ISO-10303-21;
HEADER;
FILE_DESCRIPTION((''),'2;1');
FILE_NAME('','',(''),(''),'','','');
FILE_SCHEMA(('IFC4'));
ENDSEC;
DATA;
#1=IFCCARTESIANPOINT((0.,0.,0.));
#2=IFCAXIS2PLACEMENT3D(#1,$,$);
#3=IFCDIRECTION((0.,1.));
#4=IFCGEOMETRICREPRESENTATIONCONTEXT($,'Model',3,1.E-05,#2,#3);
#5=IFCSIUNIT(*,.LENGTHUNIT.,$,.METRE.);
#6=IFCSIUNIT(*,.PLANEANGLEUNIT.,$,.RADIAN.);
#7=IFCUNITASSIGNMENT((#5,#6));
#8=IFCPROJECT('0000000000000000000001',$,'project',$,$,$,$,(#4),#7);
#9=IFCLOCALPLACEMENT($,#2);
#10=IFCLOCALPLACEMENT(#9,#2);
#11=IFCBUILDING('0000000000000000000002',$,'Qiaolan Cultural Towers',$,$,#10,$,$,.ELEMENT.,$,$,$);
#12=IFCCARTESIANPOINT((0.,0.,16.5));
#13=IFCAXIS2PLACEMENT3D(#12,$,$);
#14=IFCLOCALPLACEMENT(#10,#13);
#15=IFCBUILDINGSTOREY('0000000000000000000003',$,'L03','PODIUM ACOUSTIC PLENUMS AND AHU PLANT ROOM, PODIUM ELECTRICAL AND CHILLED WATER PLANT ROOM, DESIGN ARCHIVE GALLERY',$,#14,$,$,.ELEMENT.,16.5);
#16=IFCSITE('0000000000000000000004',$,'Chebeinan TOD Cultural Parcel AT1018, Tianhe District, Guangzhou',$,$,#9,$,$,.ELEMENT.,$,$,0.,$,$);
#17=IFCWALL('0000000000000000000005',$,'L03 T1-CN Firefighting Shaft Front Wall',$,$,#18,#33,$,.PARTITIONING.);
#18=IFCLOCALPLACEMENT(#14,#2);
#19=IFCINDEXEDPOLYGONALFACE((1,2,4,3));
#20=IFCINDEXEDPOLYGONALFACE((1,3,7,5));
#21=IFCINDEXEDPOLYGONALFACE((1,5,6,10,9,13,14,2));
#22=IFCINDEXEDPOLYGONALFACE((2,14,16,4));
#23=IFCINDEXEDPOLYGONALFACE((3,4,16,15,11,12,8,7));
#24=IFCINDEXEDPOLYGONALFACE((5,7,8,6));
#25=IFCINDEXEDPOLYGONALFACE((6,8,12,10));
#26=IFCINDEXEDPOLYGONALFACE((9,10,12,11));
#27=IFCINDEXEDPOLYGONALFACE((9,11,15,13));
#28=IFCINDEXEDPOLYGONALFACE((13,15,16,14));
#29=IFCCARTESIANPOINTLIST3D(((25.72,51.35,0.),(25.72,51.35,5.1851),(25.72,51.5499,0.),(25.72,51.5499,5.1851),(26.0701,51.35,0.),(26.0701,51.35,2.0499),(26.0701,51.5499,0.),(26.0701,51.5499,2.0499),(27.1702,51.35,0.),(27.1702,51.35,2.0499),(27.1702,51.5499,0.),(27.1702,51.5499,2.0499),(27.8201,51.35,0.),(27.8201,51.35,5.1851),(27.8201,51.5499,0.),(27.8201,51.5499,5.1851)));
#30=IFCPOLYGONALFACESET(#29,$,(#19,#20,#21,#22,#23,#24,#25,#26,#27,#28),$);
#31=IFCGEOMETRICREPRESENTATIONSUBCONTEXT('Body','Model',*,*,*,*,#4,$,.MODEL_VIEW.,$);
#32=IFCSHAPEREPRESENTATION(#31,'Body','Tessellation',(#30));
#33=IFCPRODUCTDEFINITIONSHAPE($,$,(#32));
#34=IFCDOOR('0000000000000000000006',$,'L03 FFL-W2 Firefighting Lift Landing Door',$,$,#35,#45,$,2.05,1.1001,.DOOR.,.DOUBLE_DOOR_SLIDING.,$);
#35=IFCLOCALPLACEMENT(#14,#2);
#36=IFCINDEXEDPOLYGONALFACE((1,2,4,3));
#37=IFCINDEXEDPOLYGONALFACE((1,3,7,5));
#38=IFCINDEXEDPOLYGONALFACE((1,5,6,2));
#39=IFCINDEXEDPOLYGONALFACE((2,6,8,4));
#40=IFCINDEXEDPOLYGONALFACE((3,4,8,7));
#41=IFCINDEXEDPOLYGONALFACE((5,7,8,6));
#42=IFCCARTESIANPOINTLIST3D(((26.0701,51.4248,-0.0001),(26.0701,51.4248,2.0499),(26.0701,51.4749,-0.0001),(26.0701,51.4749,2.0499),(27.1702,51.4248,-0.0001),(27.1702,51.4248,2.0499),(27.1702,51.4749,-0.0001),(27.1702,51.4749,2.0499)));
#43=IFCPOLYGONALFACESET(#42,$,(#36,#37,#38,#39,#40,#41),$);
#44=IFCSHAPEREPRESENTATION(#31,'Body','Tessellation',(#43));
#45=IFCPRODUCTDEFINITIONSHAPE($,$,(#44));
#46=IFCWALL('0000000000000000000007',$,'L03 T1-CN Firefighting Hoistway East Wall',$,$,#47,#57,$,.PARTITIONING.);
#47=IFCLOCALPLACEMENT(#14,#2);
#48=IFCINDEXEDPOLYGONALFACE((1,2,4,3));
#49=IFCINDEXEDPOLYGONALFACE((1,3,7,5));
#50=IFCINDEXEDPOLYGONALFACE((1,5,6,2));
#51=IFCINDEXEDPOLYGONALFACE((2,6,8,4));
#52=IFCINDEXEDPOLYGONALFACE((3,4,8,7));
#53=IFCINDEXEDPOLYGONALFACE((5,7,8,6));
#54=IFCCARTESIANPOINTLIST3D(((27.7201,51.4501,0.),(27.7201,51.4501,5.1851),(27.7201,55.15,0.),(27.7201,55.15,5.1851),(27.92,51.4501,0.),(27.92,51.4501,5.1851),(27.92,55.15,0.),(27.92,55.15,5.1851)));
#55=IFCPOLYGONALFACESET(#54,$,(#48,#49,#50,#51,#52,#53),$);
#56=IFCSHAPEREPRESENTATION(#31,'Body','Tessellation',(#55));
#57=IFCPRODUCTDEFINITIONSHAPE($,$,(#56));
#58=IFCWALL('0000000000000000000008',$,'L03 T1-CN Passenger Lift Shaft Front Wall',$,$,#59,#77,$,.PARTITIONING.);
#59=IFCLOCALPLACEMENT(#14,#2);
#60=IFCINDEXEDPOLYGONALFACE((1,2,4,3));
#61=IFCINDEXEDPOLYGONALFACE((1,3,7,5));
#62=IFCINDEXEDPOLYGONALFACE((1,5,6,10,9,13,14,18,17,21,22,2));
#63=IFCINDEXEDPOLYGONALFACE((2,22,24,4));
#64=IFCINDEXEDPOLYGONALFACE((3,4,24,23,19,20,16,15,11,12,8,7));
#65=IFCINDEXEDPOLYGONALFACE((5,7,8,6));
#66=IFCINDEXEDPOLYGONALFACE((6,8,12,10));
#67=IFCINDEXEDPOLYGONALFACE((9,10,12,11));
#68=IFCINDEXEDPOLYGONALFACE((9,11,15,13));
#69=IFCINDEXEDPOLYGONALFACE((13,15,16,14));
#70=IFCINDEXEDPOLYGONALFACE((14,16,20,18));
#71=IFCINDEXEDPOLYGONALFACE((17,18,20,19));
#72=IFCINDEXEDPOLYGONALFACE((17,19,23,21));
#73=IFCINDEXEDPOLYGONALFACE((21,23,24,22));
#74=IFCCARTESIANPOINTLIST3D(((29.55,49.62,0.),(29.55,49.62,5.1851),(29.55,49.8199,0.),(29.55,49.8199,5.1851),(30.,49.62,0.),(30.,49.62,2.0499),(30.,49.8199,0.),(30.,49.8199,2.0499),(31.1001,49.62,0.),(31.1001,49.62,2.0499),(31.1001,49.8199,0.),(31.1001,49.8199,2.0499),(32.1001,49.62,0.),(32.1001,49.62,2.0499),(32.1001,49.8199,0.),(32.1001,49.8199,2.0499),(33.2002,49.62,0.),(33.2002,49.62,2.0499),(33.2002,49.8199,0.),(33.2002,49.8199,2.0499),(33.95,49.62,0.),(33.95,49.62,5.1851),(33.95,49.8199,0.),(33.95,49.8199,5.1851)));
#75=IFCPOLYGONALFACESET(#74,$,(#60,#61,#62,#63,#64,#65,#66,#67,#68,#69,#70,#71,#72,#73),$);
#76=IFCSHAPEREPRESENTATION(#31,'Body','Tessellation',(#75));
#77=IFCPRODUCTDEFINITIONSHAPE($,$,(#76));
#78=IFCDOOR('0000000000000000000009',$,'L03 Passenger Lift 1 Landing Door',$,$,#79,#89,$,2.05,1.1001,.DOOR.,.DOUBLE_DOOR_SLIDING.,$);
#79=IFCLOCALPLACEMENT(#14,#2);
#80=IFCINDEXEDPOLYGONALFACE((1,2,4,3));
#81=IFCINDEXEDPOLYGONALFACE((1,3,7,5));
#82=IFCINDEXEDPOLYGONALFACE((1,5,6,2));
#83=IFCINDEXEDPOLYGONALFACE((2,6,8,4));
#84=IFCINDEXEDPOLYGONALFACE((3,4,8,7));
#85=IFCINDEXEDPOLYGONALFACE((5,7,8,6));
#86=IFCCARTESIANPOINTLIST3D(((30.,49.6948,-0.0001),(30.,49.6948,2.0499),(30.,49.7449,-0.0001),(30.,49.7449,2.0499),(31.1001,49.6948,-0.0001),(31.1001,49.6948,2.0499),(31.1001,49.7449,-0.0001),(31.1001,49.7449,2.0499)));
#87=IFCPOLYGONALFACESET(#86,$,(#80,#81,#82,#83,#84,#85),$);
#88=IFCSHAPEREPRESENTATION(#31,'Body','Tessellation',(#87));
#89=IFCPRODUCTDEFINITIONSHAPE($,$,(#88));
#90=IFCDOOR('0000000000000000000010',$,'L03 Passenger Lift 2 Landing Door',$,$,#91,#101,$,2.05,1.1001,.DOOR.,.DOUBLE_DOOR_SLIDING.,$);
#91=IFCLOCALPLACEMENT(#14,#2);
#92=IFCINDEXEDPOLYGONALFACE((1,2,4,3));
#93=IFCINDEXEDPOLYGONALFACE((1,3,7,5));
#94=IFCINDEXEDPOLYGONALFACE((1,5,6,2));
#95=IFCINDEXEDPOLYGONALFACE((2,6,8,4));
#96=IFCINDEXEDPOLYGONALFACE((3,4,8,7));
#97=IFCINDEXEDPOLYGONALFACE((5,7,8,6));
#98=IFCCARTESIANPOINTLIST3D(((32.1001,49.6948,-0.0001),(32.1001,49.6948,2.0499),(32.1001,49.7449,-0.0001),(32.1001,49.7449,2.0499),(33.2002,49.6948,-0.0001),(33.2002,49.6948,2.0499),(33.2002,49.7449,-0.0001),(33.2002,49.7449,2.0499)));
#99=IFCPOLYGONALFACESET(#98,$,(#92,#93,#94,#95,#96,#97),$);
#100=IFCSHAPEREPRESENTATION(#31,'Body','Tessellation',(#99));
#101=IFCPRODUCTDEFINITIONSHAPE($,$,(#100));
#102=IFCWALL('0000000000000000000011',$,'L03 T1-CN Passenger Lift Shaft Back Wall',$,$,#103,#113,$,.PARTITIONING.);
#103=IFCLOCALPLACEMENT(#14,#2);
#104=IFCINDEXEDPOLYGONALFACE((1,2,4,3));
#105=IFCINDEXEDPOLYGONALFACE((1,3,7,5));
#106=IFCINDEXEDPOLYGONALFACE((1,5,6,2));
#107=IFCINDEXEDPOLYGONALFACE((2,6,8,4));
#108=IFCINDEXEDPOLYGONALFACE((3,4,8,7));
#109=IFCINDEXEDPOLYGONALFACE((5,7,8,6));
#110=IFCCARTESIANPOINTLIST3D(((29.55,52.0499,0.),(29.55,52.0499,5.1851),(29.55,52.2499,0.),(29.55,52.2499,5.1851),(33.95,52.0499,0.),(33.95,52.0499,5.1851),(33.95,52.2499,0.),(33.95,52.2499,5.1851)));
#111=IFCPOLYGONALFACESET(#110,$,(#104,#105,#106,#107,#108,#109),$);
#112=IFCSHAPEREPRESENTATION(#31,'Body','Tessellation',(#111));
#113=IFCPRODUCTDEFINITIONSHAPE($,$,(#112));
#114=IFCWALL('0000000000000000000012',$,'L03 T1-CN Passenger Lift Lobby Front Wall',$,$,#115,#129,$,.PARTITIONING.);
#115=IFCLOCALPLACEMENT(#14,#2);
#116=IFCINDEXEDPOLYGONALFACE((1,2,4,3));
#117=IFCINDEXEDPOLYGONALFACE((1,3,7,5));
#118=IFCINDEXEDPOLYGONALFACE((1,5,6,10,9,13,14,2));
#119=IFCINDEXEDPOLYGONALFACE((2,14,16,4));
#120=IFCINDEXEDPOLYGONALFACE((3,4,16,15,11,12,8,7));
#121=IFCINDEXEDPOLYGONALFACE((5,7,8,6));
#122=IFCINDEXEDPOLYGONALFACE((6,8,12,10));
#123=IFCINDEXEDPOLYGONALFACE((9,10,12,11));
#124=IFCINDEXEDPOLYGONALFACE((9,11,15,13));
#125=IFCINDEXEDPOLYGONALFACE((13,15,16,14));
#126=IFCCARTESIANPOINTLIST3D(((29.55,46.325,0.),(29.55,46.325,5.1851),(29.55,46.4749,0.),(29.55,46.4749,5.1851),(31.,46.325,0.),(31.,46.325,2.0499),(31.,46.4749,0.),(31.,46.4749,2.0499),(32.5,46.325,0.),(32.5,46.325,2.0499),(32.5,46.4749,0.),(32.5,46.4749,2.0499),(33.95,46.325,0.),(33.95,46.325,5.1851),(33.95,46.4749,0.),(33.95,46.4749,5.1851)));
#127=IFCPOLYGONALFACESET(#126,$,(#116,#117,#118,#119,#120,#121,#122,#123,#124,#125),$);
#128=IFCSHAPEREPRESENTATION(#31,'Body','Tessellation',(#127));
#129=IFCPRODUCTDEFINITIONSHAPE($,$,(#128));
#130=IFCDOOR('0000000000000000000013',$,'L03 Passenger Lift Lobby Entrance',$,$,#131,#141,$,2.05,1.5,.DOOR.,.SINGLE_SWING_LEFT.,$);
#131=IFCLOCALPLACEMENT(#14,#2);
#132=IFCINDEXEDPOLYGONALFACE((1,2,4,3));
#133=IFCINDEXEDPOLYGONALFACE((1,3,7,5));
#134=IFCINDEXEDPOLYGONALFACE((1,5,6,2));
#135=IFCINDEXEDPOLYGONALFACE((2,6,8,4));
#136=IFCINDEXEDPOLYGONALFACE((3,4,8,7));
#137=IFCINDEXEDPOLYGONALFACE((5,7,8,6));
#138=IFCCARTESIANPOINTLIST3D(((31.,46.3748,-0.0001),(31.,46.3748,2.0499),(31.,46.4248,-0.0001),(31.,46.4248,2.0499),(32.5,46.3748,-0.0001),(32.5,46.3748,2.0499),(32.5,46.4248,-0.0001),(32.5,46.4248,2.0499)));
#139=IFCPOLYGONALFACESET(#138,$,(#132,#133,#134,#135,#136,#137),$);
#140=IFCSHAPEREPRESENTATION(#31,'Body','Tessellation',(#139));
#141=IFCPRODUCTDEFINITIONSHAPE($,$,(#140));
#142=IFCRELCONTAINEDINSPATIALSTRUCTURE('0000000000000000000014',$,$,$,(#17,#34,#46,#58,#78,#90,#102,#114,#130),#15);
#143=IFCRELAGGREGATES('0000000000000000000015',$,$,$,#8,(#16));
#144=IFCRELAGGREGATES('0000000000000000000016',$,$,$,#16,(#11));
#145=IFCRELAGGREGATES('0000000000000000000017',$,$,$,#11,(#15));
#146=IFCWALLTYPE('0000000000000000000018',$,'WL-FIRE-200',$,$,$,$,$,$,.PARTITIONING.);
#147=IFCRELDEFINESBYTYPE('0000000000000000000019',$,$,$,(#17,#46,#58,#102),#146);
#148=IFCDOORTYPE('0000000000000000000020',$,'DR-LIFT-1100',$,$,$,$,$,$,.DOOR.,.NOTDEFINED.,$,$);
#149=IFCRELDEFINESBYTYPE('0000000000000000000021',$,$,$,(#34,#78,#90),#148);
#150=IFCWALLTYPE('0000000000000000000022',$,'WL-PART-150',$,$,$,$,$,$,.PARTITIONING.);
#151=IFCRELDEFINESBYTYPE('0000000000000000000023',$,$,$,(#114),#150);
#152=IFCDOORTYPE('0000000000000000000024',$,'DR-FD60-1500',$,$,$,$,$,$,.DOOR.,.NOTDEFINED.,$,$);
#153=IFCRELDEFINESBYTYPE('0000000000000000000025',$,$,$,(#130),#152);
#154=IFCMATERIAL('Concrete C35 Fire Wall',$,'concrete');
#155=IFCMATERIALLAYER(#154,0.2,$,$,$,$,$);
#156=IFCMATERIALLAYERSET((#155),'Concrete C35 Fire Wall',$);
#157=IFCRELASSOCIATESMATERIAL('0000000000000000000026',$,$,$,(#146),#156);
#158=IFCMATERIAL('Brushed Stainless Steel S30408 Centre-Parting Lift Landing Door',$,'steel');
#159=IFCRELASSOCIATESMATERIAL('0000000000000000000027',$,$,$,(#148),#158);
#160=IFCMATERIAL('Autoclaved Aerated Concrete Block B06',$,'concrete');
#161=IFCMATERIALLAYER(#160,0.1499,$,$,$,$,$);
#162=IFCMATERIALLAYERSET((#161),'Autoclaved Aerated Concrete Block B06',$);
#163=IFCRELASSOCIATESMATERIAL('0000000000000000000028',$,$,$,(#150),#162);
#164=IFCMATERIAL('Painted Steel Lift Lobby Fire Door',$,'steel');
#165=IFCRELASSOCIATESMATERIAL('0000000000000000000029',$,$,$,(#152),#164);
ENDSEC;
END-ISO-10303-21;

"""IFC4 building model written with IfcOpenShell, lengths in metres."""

from ifc_helpers import new_model, si_unit, direction, frame, frame_2d, origin, place, context, subcontext, project, spatial, rectangle, extrude, material, layer, layer_set, type_object, element, fill, save


model = new_model("IFC4")

# Units and contexts
model_context = context("Model", 3, precision=1e-05, world=origin(), true_north=direction((0.0, 1.0)))
body_context = subcontext(model_context, "Body", "Model", "MODEL_VIEW")
ifc_project = project(units=[si_unit("LENGTHUNIT", "METRE"), si_unit("PLANEANGLEUNIT", "RADIAN")], contexts=[model_context])

# Site, building, storey
site_placement = place(None, origin())
site = spatial("IfcSite", under=ifc_project, at=site_placement, Name="Chebeinan TOD Cultural Parcel AT1018, Tianhe District, Guangzhou", CompositionType="ELEMENT", RefElevation=0.0)
building_placement = place(site_placement, origin())
building = spatial("IfcBuilding", under=site, at=building_placement, Name="Qiaolan Cultural Towers", CompositionType="ELEMENT")
storey_placement = place(building_placement, frame((0.0, 0.0, 16.5)))
storey = spatial("IfcBuildingStorey", under=building, at=storey_placement, Name="L03", Description="PODIUM ACOUSTIC PLENUMS AND AHU PLANT ROOM, PODIUM ELECTRICAL AND CHILLED WATER PLANT ROOM, DESIGN ARCHIVE GALLERY", CompositionType="ELEMENT", Elevation=16.5)

# Shared definitions
ifc_material_1 = material(Name="Concrete C35 Fire Wall", Category="concrete")
ifc_layer_1 = layer(ifc_material_1, 0.2)
ifc_layer_set_1 = layer_set([ifc_layer_1], Name="Concrete C35 Fire Wall")
wall_type_1 = type_object("IfcWallType", Name="WL-FIRE-200", PredefinedType="PARTITIONING", material=ifc_layer_set_1)

# Wall, opening, door
wall_1_placement = place(storey_placement, frame((25.72, 51.45, 0.0), z_axis=(0.0, 0.0, 1.0), x_axis=(1.0, 0.0, 0.0)))
wall_1 = element("IfcWall", 1, at=wall_1_placement, inside=storey, type_object=wall_type_1, Name="L03 T1-CN Firefighting Shaft Front Wall", PredefinedType="PARTITIONING", context=body_context, shape_type="SweptSolid", body=[
    extrude(rectangle(XDim=2.1001, YDim=0.2, at=frame_2d((1.05, 0.0))), origin(), (0.0, 0.0, 1.0), 5.1851),
])
opening_1_placement = place(wall_1_placement, frame((0.3501, 0.0, 0.0)))
opening_1 = element("IfcOpeningElement", 2, at=opening_1_placement, cuts=wall_1, PredefinedType="OPENING", context=body_context, shape_type="SweptSolid", body=[
    extrude(rectangle(XDim=1.1001, YDim=2.05, at=frame_2d((0.55, 1.0249))), frame((0.0, 0.1099, 0.0), z_axis=(0.0, -1.0, 0.0), x_axis=(1.0, 0.0, 0.0)), (0.0, 0.0, 1.0), 0.22),
])
ifc_material_2 = material(Name="Brushed Stainless Steel S30408 Centre-Parting Lift Landing Door", Category="steel")
door_type_1 = type_object("IfcDoorType", Name="DR-LIFT-1100", OperationType="NOTDEFINED", PredefinedType="DOOR", material=ifc_material_2)
door_1_placement = place(opening_1_placement, origin())
door_1 = element("IfcDoor", 3, at=door_1_placement, inside=storey, type_object=door_type_1, Name="L03 FFL-W2 Firefighting Lift Landing Door", OperationType="DOUBLE_DOOR_SLIDING", OverallHeight=2.05, OverallWidth=1.1001, PredefinedType="DOOR", context=body_context, shape_type="SweptSolid", body=[
    extrude(rectangle(XDim=1.1001, YDim=2.05, at=frame_2d((0.55, 1.0249))), frame((0.0, 0.0249, 0.0), z_axis=(0.0, -1.0, 0.0), x_axis=(1.0, 0.0, 0.0)), (0.0, 0.0, 1.0), 0.05),
])
fill(opening_1, door_1)

# Wall
wall_2_placement = place(storey_placement, frame((27.8201, 51.45, 0.0), z_axis=(0.0, 0.0, 1.0), x_axis=(0.0, 1.0, 0.0)))
element("IfcWall", 4, at=wall_2_placement, inside=storey, type_object=wall_type_1, Name="L03 T1-CN Firefighting Hoistway East Wall", PredefinedType="PARTITIONING", context=body_context, shape_type="SweptSolid", body=[
    extrude(rectangle(XDim=3.7, YDim=0.2, at=frame_2d((1.8501, 0.0))), origin(), (0.0, 0.0, 1.0), 5.1851),
])

# Wall, openings, doors
wall_3_placement = place(storey_placement, frame((29.55, 49.72, 0.0), z_axis=(0.0, 0.0, 1.0), x_axis=(1.0, 0.0, 0.0)))
wall_3 = element("IfcWall", 5, at=wall_3_placement, inside=storey, type_object=wall_type_1, Name="L03 T1-CN Passenger Lift Shaft Front Wall", PredefinedType="PARTITIONING", context=body_context, shape_type="SweptSolid", body=[
    extrude(rectangle(XDim=4.3999, YDim=0.2, at=frame_2d((2.2, 0.0))), origin(), (0.0, 0.0, 1.0), 5.1851),
])
opening_2_placement = place(wall_3_placement, frame((0.45, 0.0, 0.0)))
opening_2 = element("IfcOpeningElement", 6, at=opening_2_placement, cuts=wall_3, PredefinedType="OPENING", context=body_context, shape_type="SweptSolid", body=[
    extrude(rectangle(XDim=1.1001, YDim=2.05, at=frame_2d((0.55, 1.0249))), frame((0.0, 0.1099, 0.0), z_axis=(0.0, -1.0, 0.0), x_axis=(1.0, 0.0, 0.0)), (0.0, 0.0, 1.0), 0.22),
])
opening_3_placement = place(wall_3_placement, frame((2.55, 0.0, 0.0)))
opening_3 = element("IfcOpeningElement", 7, at=opening_3_placement, cuts=wall_3, PredefinedType="OPENING", context=body_context, shape_type="SweptSolid", body=[
    extrude(rectangle(XDim=1.1001, YDim=2.05, at=frame_2d((0.55, 1.0249))), frame((0.0, 0.1099, 0.0), z_axis=(0.0, -1.0, 0.0), x_axis=(1.0, 0.0, 0.0)), (0.0, 0.0, 1.0), 0.22),
])
door_2_placement = place(opening_2_placement, origin())
door_2 = element("IfcDoor", 8, at=door_2_placement, inside=storey, type_object=door_type_1, Name="L03 Passenger Lift 1 Landing Door", OperationType="DOUBLE_DOOR_SLIDING", OverallHeight=2.05, OverallWidth=1.1001, PredefinedType="DOOR", context=body_context, shape_type="SweptSolid", body=[
    extrude(rectangle(XDim=1.1001, YDim=2.05, at=frame_2d((0.55, 1.0249))), frame((0.0, 0.0249, 0.0), z_axis=(0.0, -1.0, 0.0), x_axis=(1.0, 0.0, 0.0)), (0.0, 0.0, 1.0), 0.05),
])
fill(opening_2, door_2)
door_3_placement = place(opening_3_placement, origin())
door_3 = element("IfcDoor", 9, at=door_3_placement, inside=storey, type_object=door_type_1, Name="L03 Passenger Lift 2 Landing Door", OperationType="DOUBLE_DOOR_SLIDING", OverallHeight=2.05, OverallWidth=1.1001, PredefinedType="DOOR", context=body_context, shape_type="SweptSolid", body=[
    extrude(rectangle(XDim=1.1001, YDim=2.05, at=frame_2d((0.55, 1.0249))), frame((0.0, 0.0249, 0.0), z_axis=(0.0, -1.0, 0.0), x_axis=(1.0, 0.0, 0.0)), (0.0, 0.0, 1.0), 0.05),
])
fill(opening_3, door_3)

# Wall
wall_4_placement = place(storey_placement, frame((29.55, 52.1499, 0.0), z_axis=(0.0, 0.0, 1.0), x_axis=(1.0, 0.0, 0.0)))
element("IfcWall", 10, at=wall_4_placement, inside=storey, type_object=wall_type_1, Name="L03 T1-CN Passenger Lift Shaft Back Wall", PredefinedType="PARTITIONING", context=body_context, shape_type="SweptSolid", body=[
    extrude(rectangle(XDim=4.3999, YDim=0.2, at=frame_2d((2.2, 0.0))), origin(), (0.0, 0.0, 1.0), 5.1851),
])

# Wall, opening, door
ifc_material_3 = material(Name="Autoclaved Aerated Concrete Block B06", Category="concrete")
ifc_layer_2 = layer(ifc_material_3, 0.1499)
ifc_layer_set_2 = layer_set([ifc_layer_2], Name="Autoclaved Aerated Concrete Block B06")
wall_type_2 = type_object("IfcWallType", Name="WL-PART-150", PredefinedType="PARTITIONING", material=ifc_layer_set_2)
wall_5_placement = place(storey_placement, frame((29.55, 46.3999, 0.0), z_axis=(0.0, 0.0, 1.0), x_axis=(1.0, 0.0, 0.0)))
wall_5 = element("IfcWall", 11, at=wall_5_placement, inside=storey, type_object=wall_type_2, Name="L03 T1-CN Passenger Lift Lobby Front Wall", PredefinedType="PARTITIONING", context=body_context, shape_type="SweptSolid", body=[
    extrude(rectangle(XDim=4.3999, YDim=0.1499, at=frame_2d((2.2, 0.0))), origin(), (0.0, 0.0, 1.0), 5.1851),
])
opening_4_placement = place(wall_5_placement, frame((1.45, 0.0, 0.0)))
opening_4 = element("IfcOpeningElement", 12, at=opening_4_placement, cuts=wall_5, PredefinedType="OPENING", context=body_context, shape_type="SweptSolid", body=[
    extrude(rectangle(XDim=1.5, YDim=2.05, at=frame_2d((0.75, 1.0249))), frame((0.0, 0.085, 0.0), z_axis=(0.0, -1.0, 0.0), x_axis=(1.0, 0.0, 0.0)), (0.0, 0.0, 1.0), 0.1699),
])
ifc_material_4 = material(Name="Painted Steel Lift Lobby Fire Door", Category="steel")
door_type_2 = type_object("IfcDoorType", Name="DR-FD60-1500", OperationType="NOTDEFINED", PredefinedType="DOOR", material=ifc_material_4)
door_4_placement = place(opening_4_placement, origin())
door_4 = element("IfcDoor", 13, at=door_4_placement, inside=storey, type_object=door_type_2, Name="L03 Passenger Lift Lobby Entrance", OperationType="SINGLE_SWING_LEFT", OverallHeight=2.05, OverallWidth=1.5, PredefinedType="DOOR", context=body_context, shape_type="SweptSolid", body=[
    extrude(rectangle(XDim=1.5, YDim=2.05, at=frame_2d((0.75, 1.0249))), frame((0.0, 0.0249, 0.0), z_axis=(0.0, -1.0, 0.0), x_axis=(1.0, 0.0, 0.0)), (0.0, 0.0, 1.0), 0.05),
])
fill(opening_4, door_4)

save(model, "model.ifc")
